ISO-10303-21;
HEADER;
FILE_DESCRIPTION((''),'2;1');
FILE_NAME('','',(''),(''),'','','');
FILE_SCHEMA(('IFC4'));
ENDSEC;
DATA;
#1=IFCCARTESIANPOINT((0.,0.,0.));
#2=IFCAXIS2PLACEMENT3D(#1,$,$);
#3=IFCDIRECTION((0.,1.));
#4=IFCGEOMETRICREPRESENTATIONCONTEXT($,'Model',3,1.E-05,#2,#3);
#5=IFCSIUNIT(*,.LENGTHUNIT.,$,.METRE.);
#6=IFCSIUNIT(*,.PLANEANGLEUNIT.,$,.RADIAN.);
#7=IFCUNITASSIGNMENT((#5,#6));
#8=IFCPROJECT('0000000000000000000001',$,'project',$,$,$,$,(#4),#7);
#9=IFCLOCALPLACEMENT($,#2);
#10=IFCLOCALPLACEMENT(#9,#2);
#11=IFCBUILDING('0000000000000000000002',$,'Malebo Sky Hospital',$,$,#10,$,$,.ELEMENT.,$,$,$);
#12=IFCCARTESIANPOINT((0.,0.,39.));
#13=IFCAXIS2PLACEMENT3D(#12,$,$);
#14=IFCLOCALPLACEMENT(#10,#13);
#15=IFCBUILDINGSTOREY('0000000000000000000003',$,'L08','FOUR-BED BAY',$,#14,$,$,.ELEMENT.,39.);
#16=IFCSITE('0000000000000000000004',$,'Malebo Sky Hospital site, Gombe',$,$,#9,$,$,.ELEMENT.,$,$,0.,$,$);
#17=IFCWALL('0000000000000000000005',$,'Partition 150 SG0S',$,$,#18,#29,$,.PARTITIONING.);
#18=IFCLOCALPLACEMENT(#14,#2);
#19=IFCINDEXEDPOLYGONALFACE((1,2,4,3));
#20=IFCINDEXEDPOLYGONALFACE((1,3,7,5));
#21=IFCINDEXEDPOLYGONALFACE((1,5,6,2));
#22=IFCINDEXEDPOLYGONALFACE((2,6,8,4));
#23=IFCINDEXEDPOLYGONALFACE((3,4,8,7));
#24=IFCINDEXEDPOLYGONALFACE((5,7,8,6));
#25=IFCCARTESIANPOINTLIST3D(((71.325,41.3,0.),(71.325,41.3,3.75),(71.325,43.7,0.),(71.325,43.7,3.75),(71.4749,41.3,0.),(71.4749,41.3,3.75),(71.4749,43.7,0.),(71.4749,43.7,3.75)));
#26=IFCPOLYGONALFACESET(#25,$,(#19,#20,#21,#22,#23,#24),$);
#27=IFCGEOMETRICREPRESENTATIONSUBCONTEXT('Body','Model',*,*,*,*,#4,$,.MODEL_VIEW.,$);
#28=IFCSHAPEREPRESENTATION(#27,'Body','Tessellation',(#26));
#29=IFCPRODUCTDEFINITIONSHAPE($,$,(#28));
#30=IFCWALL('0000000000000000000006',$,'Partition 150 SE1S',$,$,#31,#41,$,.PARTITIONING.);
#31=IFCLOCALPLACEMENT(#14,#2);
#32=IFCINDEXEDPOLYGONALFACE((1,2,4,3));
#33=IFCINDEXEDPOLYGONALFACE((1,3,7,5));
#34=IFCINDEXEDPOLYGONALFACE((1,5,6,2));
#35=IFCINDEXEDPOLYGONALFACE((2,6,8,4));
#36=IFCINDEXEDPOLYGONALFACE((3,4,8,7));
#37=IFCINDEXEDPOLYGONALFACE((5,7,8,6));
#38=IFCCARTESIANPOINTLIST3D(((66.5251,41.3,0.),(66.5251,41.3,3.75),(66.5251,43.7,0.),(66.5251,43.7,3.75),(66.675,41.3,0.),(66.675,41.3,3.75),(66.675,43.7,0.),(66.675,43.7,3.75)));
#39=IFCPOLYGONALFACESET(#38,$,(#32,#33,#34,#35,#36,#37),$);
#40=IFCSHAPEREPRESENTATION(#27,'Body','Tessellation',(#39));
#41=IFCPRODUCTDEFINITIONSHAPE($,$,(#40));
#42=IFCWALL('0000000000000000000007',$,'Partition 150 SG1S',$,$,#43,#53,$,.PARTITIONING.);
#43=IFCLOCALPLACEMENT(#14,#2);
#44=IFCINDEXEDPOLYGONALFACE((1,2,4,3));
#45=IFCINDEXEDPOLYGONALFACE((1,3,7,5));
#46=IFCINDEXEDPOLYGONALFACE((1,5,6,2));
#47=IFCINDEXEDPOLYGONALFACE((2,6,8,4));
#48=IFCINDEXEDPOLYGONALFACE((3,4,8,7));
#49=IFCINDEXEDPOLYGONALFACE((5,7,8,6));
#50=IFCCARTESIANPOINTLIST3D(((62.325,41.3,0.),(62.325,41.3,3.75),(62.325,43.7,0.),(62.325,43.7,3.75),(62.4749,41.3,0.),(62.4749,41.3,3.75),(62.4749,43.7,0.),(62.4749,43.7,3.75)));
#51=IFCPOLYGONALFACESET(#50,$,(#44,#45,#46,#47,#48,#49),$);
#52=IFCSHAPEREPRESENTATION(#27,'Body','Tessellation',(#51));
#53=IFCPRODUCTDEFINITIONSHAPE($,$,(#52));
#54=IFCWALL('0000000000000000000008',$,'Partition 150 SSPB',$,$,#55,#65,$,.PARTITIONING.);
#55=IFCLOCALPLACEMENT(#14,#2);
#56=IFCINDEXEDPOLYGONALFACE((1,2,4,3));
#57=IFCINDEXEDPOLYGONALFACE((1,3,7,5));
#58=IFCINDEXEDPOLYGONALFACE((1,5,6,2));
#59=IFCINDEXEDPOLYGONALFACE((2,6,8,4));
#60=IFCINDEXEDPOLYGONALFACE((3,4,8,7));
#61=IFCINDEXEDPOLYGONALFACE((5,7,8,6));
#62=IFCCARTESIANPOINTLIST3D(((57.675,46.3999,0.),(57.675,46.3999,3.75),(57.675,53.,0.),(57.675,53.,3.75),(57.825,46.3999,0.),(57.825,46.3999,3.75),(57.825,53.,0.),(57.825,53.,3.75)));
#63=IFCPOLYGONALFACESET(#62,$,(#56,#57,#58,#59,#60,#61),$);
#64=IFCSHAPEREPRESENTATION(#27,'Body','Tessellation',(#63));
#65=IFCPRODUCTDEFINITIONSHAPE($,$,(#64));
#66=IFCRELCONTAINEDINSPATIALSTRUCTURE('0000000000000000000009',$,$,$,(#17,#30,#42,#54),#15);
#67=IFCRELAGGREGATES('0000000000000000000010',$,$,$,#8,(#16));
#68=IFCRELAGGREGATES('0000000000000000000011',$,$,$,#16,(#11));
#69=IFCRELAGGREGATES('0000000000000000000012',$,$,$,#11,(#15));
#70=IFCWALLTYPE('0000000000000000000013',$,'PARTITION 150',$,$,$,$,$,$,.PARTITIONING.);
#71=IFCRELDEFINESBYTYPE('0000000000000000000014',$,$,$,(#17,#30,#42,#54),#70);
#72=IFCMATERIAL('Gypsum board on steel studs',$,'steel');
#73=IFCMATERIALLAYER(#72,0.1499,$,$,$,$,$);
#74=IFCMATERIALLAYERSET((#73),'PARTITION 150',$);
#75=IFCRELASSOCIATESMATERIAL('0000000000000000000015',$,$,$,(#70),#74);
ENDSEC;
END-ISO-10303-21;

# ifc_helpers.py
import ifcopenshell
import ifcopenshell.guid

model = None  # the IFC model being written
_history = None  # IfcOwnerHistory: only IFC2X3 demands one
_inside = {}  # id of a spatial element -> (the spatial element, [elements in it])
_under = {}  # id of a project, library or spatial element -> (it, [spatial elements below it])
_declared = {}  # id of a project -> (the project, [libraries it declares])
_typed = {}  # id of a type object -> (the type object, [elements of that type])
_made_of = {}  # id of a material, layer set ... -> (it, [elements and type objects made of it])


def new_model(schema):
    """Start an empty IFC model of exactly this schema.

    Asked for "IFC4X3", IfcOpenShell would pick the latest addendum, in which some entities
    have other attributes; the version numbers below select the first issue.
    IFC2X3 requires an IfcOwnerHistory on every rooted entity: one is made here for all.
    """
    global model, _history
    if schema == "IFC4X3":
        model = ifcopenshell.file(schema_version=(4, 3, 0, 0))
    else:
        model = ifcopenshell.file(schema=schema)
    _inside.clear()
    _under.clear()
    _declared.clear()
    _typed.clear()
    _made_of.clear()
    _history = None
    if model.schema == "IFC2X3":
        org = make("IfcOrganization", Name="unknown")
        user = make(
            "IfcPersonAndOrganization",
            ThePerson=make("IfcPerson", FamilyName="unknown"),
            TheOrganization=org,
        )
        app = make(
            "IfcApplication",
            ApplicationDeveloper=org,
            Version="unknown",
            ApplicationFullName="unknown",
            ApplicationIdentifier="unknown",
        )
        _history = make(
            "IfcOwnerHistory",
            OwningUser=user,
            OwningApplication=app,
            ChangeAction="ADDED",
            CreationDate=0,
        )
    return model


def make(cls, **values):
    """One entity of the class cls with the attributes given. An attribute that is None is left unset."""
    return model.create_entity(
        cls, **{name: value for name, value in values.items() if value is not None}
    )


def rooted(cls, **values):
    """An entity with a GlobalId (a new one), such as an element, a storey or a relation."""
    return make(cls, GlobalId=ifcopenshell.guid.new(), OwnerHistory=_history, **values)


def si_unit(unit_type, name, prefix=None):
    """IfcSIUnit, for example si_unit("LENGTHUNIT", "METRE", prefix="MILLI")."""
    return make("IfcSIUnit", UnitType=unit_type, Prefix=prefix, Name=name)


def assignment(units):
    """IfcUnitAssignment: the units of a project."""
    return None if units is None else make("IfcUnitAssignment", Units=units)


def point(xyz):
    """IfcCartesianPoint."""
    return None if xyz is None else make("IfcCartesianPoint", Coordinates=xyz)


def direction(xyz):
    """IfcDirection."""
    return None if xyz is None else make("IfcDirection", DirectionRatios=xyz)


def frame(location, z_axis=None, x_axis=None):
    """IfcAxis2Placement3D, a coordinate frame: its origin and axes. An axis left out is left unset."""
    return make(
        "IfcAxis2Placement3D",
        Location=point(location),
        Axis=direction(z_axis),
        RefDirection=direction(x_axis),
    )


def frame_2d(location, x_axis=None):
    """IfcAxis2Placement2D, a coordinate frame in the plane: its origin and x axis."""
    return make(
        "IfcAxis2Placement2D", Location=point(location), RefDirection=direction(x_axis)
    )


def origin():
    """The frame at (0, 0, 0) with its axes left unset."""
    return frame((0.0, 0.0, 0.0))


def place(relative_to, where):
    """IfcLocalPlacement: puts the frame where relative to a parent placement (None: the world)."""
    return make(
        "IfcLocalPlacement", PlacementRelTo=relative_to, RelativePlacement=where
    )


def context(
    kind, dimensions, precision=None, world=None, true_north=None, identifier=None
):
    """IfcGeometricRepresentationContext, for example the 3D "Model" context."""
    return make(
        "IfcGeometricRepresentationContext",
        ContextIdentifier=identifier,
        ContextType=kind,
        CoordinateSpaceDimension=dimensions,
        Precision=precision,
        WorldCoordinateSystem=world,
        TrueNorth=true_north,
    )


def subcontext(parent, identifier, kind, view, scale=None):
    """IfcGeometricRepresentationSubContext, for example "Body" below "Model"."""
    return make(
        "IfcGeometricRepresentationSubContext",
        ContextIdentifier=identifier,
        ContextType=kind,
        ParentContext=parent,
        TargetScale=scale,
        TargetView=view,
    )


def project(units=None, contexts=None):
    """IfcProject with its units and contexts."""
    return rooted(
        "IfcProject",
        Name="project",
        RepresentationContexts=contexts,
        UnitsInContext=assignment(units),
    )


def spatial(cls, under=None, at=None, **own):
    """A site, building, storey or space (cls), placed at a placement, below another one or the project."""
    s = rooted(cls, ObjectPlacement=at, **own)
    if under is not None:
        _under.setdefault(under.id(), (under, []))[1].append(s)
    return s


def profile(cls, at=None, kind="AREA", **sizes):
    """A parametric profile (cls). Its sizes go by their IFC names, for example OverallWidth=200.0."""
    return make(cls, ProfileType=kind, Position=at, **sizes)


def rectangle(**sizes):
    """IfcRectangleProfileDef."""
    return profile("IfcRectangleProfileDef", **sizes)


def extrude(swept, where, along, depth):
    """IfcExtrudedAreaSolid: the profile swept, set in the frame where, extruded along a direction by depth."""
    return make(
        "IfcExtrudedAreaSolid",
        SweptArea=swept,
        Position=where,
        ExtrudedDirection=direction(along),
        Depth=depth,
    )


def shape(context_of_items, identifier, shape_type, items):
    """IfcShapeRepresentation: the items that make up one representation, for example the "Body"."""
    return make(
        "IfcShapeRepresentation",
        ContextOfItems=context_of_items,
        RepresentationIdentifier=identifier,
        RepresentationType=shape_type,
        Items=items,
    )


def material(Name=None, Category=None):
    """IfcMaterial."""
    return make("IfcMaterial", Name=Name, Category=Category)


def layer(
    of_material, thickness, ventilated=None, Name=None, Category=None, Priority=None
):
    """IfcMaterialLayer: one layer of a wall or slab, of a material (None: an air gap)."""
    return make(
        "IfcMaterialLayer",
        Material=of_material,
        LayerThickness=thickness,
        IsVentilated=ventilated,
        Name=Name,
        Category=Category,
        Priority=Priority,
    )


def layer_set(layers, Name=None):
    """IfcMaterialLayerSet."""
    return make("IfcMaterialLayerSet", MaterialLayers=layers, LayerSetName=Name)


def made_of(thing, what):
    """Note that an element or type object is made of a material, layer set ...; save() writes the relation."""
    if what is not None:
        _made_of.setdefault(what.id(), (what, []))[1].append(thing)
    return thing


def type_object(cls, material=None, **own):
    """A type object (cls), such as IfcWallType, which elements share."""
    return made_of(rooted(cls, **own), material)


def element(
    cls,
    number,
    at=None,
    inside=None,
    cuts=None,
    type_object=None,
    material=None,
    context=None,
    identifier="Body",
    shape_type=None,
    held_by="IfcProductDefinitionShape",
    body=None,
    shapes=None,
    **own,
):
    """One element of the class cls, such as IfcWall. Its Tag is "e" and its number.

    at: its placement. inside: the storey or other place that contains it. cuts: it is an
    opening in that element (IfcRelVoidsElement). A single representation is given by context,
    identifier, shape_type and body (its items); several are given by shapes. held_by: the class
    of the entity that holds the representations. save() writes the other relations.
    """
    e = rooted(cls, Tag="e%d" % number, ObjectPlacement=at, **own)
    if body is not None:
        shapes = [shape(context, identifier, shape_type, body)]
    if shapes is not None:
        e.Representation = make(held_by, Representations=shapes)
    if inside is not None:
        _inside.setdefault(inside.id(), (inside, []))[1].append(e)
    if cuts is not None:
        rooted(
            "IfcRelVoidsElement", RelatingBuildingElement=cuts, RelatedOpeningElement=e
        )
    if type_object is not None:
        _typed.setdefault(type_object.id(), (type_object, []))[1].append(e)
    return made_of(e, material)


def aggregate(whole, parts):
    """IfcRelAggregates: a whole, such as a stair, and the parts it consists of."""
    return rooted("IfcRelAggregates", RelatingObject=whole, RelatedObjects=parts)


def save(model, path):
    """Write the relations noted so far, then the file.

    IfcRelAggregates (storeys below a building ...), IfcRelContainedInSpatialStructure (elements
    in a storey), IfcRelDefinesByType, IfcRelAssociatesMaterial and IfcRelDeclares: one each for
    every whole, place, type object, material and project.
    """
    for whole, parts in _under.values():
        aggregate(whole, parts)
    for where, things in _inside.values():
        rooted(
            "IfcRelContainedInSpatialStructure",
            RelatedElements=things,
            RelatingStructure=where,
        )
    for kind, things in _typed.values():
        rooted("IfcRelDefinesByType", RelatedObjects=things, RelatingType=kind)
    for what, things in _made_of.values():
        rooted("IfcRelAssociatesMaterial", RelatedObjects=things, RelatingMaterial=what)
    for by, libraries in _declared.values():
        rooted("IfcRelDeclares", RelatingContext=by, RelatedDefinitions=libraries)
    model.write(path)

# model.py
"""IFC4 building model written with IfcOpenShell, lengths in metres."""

from ifc_helpers import new_model, si_unit, direction, frame, frame_2d, origin, place, context, subcontext, project, spatial, rectangle, extrude, material, layer, layer_set, type_object, element, save


model = new_model("IFC4")

# Units and contexts
model_context = context("Model", 3, precision=1e-05, world=origin(), true_north=direction((0.0, 1.0)))
body_context = subcontext(model_context, "Body", "Model", "MODEL_VIEW")
ifc_project = project(units=[si_unit("LENGTHUNIT", "METRE"), si_unit("PLANEANGLEUNIT", "RADIAN")], contexts=[model_context])

# Site, building, storey
site_placement = place(None, origin())
site = spatial("IfcSite", under=ifc_project, at=site_placement, Name="Malebo Sky Hospital site, Gombe", CompositionType="ELEMENT", RefElevation=0.0)
building_placement = place(site_placement, origin())
building = spatial("IfcBuilding", under=site, at=building_placement, Name="Malebo Sky Hospital", CompositionType="ELEMENT")
storey_placement = place(building_placement, frame((0.0, 0.0, 39.0)))
storey = spatial("IfcBuildingStorey", under=building, at=storey_placement, Name="L08", Description="FOUR-BED BAY", CompositionType="ELEMENT", Elevation=39.0)

# Shared definitions
ifc_material_1 = material(Name="Gypsum board on steel studs", Category="steel")

# Shared definitions
ifc_layer_1 = layer(ifc_material_1, 0.1499)
ifc_layer_set_1 = layer_set([ifc_layer_1], Name="PARTITION 150")
wall_type_1 = type_object("IfcWallType", Name="PARTITION 150", PredefinedType="PARTITIONING", material=ifc_layer_set_1)

# Walls
for number, where, z_axis, x_axis, name in (
    (1, (71.3999, 43.7, 0.0), (0.0, 0.0, 1.0), (0.0, -1.0, 0.0), "Partition 150 SG0S"),
    (2, (66.6001, 43.7, 0.0), (0.0, 0.0, 1.0), (0.0, -1.0, 0.0), "Partition 150 SE1S"),
    (3, (62.3999, 43.7, 0.0), (0.0, 0.0, 1.0), (0.0, -1.0, 0.0), "Partition 150 SG1S"),
):
    element("IfcWall", number, at=place(storey_placement, frame(where, z_axis=z_axis, x_axis=x_axis)), inside=storey, type_object=wall_type_1, Name=name, PredefinedType="PARTITIONING", context=body_context, shape_type="SweptSolid", body=[
        extrude(rectangle(XDim=2.3999, YDim=0.1499, at=frame_2d((1.2, 0.0))), origin(), (0.0, 0.0, 1.0), 3.75),
    ])
wall_1_placement = place(storey_placement, frame((57.75, 53.0, 0.0), z_axis=(0.0, 0.0, 1.0), x_axis=(0.0, -1.0, 0.0)))
element("IfcWall", 4, at=wall_1_placement, inside=storey, type_object=wall_type_1, Name="Partition 150 SSPB", PredefinedType="PARTITIONING", context=body_context, shape_type="SweptSolid", body=[
    extrude(rectangle(XDim=6.6001, YDim=0.1499, at=frame_2d((3.3, 0.0))), origin(), (0.0, 0.0, 1.0), 3.75),
])

save(model, "model.ifc")
